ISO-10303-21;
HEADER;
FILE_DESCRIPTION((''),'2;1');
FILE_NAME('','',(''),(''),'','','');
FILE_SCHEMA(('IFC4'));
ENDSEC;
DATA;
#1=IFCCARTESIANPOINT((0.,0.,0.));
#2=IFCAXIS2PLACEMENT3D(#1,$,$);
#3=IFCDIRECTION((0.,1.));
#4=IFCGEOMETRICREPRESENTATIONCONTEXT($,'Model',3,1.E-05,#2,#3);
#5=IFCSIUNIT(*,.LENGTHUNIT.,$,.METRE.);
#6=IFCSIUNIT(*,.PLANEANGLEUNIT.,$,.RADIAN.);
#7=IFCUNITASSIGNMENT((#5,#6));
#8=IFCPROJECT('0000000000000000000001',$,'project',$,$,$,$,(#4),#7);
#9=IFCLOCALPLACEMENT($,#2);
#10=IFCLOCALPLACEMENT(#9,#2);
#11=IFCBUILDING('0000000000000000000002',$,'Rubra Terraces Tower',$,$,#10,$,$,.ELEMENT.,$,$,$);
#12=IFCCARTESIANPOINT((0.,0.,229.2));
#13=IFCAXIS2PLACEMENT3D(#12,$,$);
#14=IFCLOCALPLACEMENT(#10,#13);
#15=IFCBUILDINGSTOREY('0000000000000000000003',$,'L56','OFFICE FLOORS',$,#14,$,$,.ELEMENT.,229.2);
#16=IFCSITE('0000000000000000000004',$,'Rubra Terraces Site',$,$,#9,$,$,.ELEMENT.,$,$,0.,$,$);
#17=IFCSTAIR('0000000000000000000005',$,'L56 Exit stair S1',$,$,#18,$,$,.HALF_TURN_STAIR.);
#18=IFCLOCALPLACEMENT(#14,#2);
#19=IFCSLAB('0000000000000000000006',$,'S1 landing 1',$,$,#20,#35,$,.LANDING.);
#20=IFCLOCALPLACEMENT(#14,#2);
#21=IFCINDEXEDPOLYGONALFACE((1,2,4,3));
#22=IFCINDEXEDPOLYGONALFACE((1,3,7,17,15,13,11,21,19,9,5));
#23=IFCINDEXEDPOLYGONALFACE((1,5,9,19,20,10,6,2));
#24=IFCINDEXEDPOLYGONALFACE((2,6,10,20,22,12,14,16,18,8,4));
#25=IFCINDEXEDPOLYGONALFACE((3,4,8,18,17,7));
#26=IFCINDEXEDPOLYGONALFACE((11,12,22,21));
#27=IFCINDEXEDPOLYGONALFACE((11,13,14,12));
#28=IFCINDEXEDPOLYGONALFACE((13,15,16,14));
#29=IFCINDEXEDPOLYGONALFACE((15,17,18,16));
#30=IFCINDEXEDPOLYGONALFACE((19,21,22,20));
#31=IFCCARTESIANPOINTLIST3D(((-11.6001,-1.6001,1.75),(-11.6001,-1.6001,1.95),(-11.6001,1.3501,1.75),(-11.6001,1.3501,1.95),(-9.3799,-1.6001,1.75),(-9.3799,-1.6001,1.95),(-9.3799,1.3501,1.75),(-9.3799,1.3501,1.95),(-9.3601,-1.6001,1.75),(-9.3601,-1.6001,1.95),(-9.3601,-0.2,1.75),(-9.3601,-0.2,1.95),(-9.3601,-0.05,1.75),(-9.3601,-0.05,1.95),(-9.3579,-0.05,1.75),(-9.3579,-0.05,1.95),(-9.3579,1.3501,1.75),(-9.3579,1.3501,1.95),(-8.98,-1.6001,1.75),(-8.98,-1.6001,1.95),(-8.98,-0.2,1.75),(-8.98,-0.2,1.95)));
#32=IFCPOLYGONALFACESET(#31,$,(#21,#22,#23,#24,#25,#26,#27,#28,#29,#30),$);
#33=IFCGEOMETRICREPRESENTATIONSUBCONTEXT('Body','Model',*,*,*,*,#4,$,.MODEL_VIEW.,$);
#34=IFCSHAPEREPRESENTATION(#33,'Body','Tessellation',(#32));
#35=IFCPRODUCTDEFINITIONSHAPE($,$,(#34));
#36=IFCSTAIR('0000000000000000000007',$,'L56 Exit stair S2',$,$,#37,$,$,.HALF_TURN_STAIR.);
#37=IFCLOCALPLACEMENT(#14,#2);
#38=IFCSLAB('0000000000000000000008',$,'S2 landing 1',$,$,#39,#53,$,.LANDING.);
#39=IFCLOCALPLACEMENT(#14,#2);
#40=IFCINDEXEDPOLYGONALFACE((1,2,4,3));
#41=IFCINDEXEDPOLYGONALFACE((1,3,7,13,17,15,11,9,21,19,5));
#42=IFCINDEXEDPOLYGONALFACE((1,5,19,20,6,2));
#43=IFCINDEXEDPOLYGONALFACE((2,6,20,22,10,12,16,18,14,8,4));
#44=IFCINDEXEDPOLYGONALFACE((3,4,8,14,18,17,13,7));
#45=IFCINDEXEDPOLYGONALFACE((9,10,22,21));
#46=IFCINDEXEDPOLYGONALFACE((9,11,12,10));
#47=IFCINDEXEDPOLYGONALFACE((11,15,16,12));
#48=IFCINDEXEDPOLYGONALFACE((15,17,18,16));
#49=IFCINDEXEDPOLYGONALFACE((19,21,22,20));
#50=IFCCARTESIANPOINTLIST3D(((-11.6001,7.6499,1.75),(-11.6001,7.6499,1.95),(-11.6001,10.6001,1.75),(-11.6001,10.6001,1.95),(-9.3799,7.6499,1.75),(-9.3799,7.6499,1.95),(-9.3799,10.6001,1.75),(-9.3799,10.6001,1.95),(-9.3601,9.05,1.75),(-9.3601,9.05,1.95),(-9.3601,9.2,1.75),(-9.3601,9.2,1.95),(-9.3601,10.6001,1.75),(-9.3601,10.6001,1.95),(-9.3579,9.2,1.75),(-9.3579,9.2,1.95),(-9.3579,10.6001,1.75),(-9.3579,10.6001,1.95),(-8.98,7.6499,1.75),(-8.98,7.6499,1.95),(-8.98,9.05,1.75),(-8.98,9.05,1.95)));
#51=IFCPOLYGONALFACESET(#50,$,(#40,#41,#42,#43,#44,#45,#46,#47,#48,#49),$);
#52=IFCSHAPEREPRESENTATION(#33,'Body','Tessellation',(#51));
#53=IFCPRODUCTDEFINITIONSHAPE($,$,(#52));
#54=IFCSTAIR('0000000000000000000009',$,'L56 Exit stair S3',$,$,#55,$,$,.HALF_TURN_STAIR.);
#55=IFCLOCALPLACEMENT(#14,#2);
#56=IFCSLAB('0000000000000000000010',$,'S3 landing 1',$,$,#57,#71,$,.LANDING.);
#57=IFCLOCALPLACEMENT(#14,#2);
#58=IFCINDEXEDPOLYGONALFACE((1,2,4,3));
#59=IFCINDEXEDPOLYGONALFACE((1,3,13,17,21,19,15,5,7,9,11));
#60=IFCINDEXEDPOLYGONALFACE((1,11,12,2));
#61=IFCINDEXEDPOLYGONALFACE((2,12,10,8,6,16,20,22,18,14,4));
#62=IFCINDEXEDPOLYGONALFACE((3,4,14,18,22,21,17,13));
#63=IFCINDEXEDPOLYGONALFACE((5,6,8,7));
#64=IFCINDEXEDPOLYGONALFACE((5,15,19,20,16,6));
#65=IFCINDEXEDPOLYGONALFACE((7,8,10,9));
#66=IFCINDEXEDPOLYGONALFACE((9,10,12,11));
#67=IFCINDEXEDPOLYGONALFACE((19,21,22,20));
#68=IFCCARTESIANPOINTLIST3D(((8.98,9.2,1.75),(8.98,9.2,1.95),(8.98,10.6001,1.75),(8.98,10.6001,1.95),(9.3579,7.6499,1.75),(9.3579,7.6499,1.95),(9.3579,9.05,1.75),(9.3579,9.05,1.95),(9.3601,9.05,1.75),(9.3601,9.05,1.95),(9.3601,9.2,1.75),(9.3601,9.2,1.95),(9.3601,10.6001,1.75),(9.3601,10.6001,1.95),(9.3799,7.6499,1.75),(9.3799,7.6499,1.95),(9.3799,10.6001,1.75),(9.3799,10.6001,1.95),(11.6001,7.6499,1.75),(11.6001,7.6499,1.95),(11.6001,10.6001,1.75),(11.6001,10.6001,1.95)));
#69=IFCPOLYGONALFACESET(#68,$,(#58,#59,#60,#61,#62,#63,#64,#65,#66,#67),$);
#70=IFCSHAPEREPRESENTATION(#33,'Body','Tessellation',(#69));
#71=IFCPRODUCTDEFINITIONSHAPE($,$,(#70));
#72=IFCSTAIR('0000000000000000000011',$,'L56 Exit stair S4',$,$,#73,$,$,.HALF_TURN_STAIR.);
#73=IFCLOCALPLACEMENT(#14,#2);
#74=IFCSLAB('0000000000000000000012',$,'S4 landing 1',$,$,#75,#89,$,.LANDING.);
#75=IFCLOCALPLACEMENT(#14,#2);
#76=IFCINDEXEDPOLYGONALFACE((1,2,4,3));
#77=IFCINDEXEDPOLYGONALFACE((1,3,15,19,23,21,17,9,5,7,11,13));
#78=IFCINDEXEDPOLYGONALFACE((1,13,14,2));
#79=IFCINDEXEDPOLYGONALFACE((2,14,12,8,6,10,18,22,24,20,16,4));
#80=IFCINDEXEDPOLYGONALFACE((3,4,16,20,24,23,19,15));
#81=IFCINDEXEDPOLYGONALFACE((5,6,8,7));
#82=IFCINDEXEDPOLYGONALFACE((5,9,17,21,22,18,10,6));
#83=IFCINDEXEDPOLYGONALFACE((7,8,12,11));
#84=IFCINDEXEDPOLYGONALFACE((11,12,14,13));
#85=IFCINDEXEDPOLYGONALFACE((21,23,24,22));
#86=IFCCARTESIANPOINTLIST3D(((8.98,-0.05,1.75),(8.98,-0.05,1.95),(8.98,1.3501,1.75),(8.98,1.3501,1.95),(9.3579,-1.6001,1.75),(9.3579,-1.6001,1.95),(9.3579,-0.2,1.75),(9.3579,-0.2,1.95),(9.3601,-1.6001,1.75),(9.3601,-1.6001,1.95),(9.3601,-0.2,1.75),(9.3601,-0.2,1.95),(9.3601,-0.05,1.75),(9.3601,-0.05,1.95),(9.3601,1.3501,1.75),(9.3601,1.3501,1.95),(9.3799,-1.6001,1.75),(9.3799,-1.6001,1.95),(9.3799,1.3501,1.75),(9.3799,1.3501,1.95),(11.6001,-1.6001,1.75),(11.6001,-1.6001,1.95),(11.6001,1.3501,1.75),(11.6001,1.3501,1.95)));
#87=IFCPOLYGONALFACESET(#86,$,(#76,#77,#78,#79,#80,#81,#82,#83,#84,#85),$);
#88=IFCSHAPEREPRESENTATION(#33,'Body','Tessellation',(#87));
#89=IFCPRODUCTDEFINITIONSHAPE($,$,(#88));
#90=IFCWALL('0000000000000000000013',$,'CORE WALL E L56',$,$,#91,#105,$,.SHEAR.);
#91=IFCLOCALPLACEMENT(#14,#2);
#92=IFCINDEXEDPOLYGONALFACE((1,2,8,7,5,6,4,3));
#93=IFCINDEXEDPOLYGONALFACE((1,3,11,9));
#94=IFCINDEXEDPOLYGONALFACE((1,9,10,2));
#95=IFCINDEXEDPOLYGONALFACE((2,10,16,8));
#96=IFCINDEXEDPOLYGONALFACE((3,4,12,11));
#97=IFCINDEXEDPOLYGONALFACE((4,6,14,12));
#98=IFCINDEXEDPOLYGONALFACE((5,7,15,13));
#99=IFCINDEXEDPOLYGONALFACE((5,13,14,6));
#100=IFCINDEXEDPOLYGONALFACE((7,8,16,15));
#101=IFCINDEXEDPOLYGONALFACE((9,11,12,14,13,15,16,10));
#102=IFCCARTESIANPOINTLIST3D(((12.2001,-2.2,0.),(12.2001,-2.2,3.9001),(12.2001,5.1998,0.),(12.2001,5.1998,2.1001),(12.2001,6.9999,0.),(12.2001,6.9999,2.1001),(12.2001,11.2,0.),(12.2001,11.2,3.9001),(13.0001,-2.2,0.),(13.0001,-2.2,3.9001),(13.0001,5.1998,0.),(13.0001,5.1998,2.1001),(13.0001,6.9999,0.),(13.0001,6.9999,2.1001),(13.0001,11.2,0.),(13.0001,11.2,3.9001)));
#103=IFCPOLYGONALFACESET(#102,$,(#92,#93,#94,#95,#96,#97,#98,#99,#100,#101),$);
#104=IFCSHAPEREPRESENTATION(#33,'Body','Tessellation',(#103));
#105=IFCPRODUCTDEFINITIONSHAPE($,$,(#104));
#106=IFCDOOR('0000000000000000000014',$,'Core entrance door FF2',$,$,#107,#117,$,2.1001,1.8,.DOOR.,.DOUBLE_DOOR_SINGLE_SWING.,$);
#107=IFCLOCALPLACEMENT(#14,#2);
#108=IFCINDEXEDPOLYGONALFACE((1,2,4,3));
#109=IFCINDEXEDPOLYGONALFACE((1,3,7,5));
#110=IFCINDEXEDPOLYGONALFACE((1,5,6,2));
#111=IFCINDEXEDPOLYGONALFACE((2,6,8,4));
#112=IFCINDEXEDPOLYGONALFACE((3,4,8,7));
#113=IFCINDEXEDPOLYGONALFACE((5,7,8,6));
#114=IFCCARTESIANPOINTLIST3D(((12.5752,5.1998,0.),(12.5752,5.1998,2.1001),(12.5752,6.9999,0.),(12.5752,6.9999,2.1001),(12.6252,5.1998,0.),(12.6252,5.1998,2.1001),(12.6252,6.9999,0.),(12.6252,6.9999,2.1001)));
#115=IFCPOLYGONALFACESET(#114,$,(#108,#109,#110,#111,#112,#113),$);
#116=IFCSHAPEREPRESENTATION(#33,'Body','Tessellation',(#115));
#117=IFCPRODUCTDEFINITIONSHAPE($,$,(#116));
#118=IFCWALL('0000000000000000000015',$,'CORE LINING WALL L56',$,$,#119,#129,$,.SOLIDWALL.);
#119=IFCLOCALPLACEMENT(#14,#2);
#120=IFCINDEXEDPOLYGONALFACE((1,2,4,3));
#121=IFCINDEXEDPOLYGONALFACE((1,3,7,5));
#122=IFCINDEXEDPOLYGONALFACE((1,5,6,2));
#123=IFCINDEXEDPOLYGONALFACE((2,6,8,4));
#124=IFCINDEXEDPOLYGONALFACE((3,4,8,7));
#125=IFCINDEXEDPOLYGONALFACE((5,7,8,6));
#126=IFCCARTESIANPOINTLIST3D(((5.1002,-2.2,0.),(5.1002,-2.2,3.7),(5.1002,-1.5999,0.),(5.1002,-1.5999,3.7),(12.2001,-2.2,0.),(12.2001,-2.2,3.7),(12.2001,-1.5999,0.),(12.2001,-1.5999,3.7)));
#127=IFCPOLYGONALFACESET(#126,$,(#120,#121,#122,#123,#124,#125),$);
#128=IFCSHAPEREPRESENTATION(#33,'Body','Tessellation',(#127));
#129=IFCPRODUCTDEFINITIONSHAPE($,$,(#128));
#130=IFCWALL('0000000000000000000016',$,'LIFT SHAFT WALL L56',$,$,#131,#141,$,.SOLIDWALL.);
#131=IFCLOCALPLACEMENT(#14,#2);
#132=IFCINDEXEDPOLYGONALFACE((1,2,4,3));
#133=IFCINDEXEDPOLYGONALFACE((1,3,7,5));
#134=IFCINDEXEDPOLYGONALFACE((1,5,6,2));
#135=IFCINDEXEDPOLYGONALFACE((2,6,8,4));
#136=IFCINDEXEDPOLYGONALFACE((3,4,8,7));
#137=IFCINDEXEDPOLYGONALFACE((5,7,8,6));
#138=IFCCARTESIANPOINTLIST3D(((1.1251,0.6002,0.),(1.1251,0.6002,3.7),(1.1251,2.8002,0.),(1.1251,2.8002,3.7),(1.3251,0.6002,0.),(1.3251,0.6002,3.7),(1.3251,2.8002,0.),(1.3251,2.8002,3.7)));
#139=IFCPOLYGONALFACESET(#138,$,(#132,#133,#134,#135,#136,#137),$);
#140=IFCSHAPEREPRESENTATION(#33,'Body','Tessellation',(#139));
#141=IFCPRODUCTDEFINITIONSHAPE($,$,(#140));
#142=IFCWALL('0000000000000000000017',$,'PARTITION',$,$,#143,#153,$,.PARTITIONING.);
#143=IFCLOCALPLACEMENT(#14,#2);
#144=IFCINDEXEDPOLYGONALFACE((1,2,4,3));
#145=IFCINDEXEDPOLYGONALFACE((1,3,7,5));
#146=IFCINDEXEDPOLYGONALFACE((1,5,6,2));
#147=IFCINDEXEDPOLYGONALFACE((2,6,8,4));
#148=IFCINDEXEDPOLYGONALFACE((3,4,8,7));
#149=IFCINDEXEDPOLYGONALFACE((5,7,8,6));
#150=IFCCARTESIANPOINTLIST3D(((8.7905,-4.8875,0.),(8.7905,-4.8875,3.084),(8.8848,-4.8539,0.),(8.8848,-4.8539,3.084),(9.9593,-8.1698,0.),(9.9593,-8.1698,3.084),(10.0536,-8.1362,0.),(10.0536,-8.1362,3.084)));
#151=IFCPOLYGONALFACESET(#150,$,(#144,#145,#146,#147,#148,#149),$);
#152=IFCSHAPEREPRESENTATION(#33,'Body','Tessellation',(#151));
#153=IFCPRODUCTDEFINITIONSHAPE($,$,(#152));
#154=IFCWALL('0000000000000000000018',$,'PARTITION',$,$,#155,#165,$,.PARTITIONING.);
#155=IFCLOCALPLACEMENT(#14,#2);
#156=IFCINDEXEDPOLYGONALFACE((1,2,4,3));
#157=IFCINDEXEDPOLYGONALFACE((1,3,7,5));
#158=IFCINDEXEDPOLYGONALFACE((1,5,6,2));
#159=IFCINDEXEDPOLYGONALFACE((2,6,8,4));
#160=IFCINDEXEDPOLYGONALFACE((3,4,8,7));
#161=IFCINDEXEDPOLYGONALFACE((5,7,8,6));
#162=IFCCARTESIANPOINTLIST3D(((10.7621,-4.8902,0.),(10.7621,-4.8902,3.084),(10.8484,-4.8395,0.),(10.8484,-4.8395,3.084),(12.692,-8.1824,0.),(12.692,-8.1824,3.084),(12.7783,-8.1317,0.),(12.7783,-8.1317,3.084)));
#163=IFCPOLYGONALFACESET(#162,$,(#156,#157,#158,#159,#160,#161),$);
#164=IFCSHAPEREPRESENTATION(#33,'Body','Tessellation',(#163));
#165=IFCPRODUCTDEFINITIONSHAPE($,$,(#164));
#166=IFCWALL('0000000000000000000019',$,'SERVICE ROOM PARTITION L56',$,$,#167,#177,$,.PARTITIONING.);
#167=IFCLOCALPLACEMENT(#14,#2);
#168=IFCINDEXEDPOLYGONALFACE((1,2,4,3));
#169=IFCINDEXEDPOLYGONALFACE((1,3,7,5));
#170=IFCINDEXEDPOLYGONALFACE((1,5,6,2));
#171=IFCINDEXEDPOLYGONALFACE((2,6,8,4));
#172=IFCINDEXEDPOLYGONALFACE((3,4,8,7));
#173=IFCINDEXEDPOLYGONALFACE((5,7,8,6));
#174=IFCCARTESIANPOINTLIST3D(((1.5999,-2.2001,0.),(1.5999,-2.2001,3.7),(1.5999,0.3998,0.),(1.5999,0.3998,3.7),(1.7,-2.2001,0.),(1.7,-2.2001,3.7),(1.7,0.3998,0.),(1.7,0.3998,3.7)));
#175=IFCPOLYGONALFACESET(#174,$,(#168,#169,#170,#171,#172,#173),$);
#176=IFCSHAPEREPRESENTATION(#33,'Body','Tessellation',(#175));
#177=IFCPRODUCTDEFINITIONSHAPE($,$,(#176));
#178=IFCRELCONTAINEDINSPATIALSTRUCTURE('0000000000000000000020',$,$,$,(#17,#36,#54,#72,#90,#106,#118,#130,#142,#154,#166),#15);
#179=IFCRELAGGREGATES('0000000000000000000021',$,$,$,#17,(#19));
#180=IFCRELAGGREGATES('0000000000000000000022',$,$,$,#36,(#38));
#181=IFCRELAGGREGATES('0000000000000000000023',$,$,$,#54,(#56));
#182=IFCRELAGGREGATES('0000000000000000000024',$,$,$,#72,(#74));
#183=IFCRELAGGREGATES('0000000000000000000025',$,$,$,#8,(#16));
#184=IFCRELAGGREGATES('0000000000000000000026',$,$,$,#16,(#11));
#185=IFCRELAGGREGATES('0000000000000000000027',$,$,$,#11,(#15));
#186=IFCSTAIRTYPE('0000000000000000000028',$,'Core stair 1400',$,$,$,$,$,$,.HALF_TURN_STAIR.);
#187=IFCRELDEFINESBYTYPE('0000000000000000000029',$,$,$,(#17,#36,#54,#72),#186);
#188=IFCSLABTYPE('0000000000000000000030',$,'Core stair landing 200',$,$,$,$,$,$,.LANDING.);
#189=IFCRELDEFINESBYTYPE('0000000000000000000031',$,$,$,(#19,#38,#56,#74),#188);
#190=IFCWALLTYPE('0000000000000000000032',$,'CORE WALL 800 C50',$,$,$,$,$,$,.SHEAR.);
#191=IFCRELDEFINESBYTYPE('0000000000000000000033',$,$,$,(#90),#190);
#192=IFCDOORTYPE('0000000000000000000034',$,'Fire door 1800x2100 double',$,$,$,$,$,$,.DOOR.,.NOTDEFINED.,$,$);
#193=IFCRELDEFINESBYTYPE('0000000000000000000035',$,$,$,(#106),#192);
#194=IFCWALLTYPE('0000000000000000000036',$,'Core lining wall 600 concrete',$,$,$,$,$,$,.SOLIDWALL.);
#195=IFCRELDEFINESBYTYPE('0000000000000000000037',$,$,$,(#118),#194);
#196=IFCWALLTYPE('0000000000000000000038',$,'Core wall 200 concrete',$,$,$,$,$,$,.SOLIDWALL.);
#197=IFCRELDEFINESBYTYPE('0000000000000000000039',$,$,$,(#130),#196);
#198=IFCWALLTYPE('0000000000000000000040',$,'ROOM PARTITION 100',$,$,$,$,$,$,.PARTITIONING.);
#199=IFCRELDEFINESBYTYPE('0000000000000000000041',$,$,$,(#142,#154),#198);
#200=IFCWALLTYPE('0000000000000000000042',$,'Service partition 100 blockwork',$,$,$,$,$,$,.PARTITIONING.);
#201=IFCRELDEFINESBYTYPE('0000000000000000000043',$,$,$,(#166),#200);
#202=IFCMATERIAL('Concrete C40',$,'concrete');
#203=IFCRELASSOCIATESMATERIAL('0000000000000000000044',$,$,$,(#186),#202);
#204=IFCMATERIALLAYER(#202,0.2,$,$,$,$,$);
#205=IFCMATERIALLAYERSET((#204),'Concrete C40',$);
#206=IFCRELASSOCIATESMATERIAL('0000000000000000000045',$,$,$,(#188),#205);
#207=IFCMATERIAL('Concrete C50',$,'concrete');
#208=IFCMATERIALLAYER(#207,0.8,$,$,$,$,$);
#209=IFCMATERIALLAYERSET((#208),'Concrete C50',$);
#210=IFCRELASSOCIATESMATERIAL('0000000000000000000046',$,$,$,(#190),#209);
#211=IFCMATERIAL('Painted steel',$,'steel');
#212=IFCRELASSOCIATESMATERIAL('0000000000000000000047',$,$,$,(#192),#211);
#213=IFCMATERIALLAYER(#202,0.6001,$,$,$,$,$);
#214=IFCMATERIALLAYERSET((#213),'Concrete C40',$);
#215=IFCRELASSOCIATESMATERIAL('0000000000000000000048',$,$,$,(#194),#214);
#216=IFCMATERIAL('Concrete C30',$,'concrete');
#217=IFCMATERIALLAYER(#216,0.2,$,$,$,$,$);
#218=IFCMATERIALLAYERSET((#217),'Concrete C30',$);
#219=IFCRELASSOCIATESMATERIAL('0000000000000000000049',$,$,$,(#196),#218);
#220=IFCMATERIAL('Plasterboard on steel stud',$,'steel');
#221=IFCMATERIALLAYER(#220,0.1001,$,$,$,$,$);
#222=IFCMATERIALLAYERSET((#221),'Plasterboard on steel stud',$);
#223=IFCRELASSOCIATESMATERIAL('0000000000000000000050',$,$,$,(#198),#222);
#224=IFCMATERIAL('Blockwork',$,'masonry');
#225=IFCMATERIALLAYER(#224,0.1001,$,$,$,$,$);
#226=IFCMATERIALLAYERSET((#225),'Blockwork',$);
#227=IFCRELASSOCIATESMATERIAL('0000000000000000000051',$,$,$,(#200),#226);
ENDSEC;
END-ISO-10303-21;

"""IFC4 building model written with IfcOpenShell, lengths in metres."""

from ifc_helpers import new_model, si_unit, direction, frame, frame_2d, origin, place, context, subcontext, project, spatial, polyline, rectangle, outline, extrude, material, layer, layer_set, type_object, element, fill, aggregate, save


model = new_model("IFC4")

# Units and contexts
model_context = context("Model", 3, precision=1e-05, world=origin(), true_north=direction((0.0, 1.0)))
body_context = subcontext(model_context, "Body", "Model", "MODEL_VIEW")
ifc_project = project(units=[si_unit("LENGTHUNIT", "METRE"), si_unit("PLANEANGLEUNIT", "RADIAN")], contexts=[model_context])

# Site, building, storey
site_placement = place(None, origin())
site = spatial("IfcSite", under=ifc_project, at=site_placement, Name="Rubra Terraces Site", CompositionType="ELEMENT", RefElevation=0.0)
building_placement = place(site_placement, origin())
building = spatial("IfcBuilding", under=site, at=building_placement, Name="Rubra Terraces Tower", CompositionType="ELEMENT")
storey_placement = place(building_placement, frame((0.0, 0.0, 229.2)))
storey = spatial("IfcBuildingStorey", under=building, at=storey_placement, Name="L56", Description="OFFICE FLOORS", CompositionType="ELEMENT", Elevation=229.2)

# Stairs, slabs
ifc_material_1 = material(Name="Concrete C40", Category="concrete")
stair_type = type_object("IfcStairType", Name="Core stair 1400", PredefinedType="HALF_TURN_STAIR", material=ifc_material_1)
stair_1_placement = place(storey_placement, origin())
stair_1 = element("IfcStair", 1, at=stair_1_placement, inside=storey, type_object=stair_type, Name="L56 Exit stair S1", PredefinedType="HALF_TURN_STAIR")
ifc_layer_1 = layer(ifc_material_1, 0.2)
ifc_layer_set_1 = layer_set([ifc_layer_1], Name="Concrete C40")
slab_type = type_object("IfcSlabType", Name="Core stair landing 200", PredefinedType="LANDING", material=ifc_layer_set_1)
slab_1_placement = place(storey_placement, frame((0.0, 0.0, 1.75)))
slab_1 = element("IfcSlab", 2, at=slab_1_placement, type_object=slab_type, Name="S1 landing 1", PredefinedType="LANDING", context=body_context, shape_type="SweptSolid", body=[
    extrude(outline(polyline([(-8.98, -0.2), (-8.98, -1.6001), (-9.3601, -1.6001), (-9.3799, -1.6001), (-11.6001, -1.6001), (-11.6001, 1.3501), (-9.3799, 1.3501), (-9.3579, 1.3501), (-9.3579, -0.05), (-9.3601, -0.05), (-9.3601, -0.2), (-8.98, -0.2)])), origin(), (0.0, 0.0, 1.0), 0.2),
])
aggregate(stair_1, [slab_1])
stair_2_placement = place(storey_placement, origin())
stair_2 = element("IfcStair", 3, at=stair_2_placement, inside=storey, type_object=stair_type, Name="L56 Exit stair S2", PredefinedType="HALF_TURN_STAIR")
slab_2_placement = place(storey_placement, frame((0.0, 0.0, 1.75)))
slab_2 = element("IfcSlab", 4, at=slab_2_placement, type_object=slab_type, Name="S2 landing 1", PredefinedType="LANDING", context=body_context, shape_type="SweptSolid", body=[
    extrude(outline(polyline([(-8.98, 9.05), (-8.98, 7.6499), (-9.3799, 7.6499), (-11.6001, 7.6499), (-11.6001, 10.6001), (-9.3799, 10.6001), (-9.3601, 10.6001), (-9.3579, 10.6001), (-9.3579, 9.2), (-9.3601, 9.2), (-9.3601, 9.05), (-8.98, 9.05)])), origin(), (0.0, 0.0, 1.0), 0.2),
])
aggregate(stair_2, [slab_2])
stair_3_placement = place(storey_placement, origin())
stair_3 = element("IfcStair", 5, at=stair_3_placement, inside=storey, type_object=stair_type, Name="L56 Exit stair S3", PredefinedType="HALF_TURN_STAIR")
slab_3_placement = place(storey_placement, frame((0.0, 0.0, 1.75)))
slab_3 = element("IfcSlab", 6, at=slab_3_placement, type_object=slab_type, Name="S3 landing 1", PredefinedType="LANDING", context=body_context, shape_type="SweptSolid", body=[
    extrude(outline(polyline([(9.3601, 9.05), (9.3601, 9.2), (8.98, 9.2), (8.98, 10.6001), (9.3601, 10.6001), (9.3799, 10.6001), (11.6001, 10.6001), (11.6001, 7.6499), (9.3799, 7.6499), (9.3579, 7.6499), (9.3579, 9.05), (9.3601, 9.05)])), origin(), (0.0, 0.0, 1.0), 0.2),
])
aggregate(stair_3, [slab_3])
stair_4_placement = place(storey_placement, origin())
stair_4 = element("IfcStair", 7, at=stair_4_placement, inside=storey, type_object=stair_type, Name="L56 Exit stair S4", PredefinedType="HALF_TURN_STAIR")
slab_4_placement = place(storey_placement, frame((0.0, 0.0, 1.75)))
slab_4 = element("IfcSlab", 8, at=slab_4_placement, type_object=slab_type, Name="S4 landing 1", PredefinedType="LANDING", context=body_context, shape_type="SweptSolid", body=[
    extrude(outline(polyline([(9.3601, -0.2), (9.3601, -0.05), (8.98, -0.05), (8.98, 1.3501), (9.3601, 1.3501), (9.3799, 1.3501), (11.6001, 1.3501), (11.6001, -1.6001), (9.3799, -1.6001), (9.3601, -1.6001), (9.3579, -1.6001), (9.3579, -0.2), (9.3601, -0.2)])), origin(), (0.0, 0.0, 1.0), 0.2),
])

# Wall, opening, door
ifc_material_2 = material(Name="Concrete C50", Category="concrete")
ifc_layer_2 = layer(ifc_material_2, 0.8)
ifc_layer_set_2 = layer_set([ifc_layer_2], Name="Concrete C50")
wall_type_1 = type_object("IfcWallType", Name="CORE WALL 800 C50", PredefinedType="SHEAR", material=ifc_layer_set_2)
wall_1_placement = place(storey_placement, frame((12.6001, -2.2, 0.0), z_axis=(0.0, 0.0, 1.0), x_axis=(0.0, 1.0, 0.0)))
wall_1 = element("IfcWall", 9, at=wall_1_placement, inside=storey, type_object=wall_type_1, Name="CORE WALL E L56", PredefinedType="SHEAR", context=body_context, shape_type="SweptSolid", body=[
    extrude(rectangle(XDim=13.3999, YDim=0.8, at=frame_2d((6.7, 0.0))), origin(), (0.0, 0.0, 1.0), 3.9001),
])
opening_1_placement = place(wall_1_placement, frame((7.3999, 0.0, 0.0)))
opening_1 = element("IfcOpeningElement", 10, at=opening_1_placement, cuts=wall_1, PredefinedType="OPENING", context=body_context, shape_type="SweptSolid", body=[
    extrude(rectangle(XDim=1.8, YDim=2.1001, at=frame_2d((0.8999, 1.05))), frame((0.0, 0.4099, 0.0), z_axis=(0.0, -1.0, 0.0), x_axis=(1.0, 0.0, 0.0)), (0.0, 0.0, 1.0), 0.8201),
])
ifc_material_3 = material(Name="Painted steel", Category="steel")
door_type_1 = type_object("IfcDoorType", Name="Fire door 1800x2100 double", OperationType="NOTDEFINED", PredefinedType="DOOR", material=ifc_material_3)
door_1_placement = place(opening_1_placement, origin())
door_1 = element("IfcDoor", 11, at=door_1_placement, inside=storey, type_object=door_type_1, Name="Core entrance door FF2", OperationType="DOUBLE_DOOR_SINGLE_SWING", OverallHeight=2.1001, OverallWidth=1.8, PredefinedType="DOOR", context=body_context, shape_type="SweptSolid", body=[
    extrude(rectangle(XDim=1.8, YDim=2.1001, at=frame_2d((0.8999, 1.05))), frame((0.0, 0.0249, 0.0), z_axis=(0.0, -1.0, 0.0), x_axis=(1.0, 0.0, 0.0)), (0.0, 0.0, 1.0), 0.05),
])
fill(opening_1, door_1)

# Walls
ifc_layer_3 = layer(ifc_material_1, 0.6001)
ifc_layer_set_3 = layer_set([ifc_layer_3], Name="Concrete C40")
wall_type_2 = type_object("IfcWallType", Name="Core lining wall 600 concrete", PredefinedType="SOLIDWALL", material=ifc_layer_set_3)
wall_2_placement = place(storey_placement, frame((12.2, -1.8999, 0.0), z_axis=(0.0, 0.0, 1.0), x_axis=(-1.0, 0.0, 0.0)))
element("IfcWall", 12, at=wall_2_placement, inside=storey, type_object=wall_type_2, Name="CORE LINING WALL L56", PredefinedType="SOLIDWALL", context=body_context, shape_type="SweptSolid", body=[
    extrude(rectangle(XDim=7.0999, YDim=0.6001, at=frame_2d((3.5498, 0.0))), origin(), (0.0, 0.0, 1.0), 3.7),
])
ifc_material_4 = material(Name="Concrete C30", Category="concrete")
ifc_layer_4 = layer(ifc_material_4, 0.2)
ifc_layer_set_4 = layer_set([ifc_layer_4], Name="Concrete C30")
wall_type_3 = type_object("IfcWallType", Name="Core wall 200 concrete", PredefinedType="SOLIDWALL", material=ifc_layer_set_4)
wall_3_placement = place(storey_placement, frame((1.2251, 0.6001, 0.0), z_axis=(0.0, 0.0, 1.0), x_axis=(0.0, 1.0, 0.0)))
element("IfcWall", 13, at=wall_3_placement, inside=storey, type_object=wall_type_3, Name="LIFT SHAFT WALL L56", PredefinedType="SOLIDWALL", context=body_context, shape_type="SweptSolid", body=[
    extrude(rectangle(XDim=2.2, YDim=0.2, at=frame_2d((1.1001, 0.0))), origin(), (0.0, 0.0, 1.0), 3.7),
])
ifc_material_5 = material(Name="Plasterboard on steel stud", Category="steel")
ifc_layer_5 = layer(ifc_material_5, 0.1001)
ifc_layer_set_5 = layer_set([ifc_layer_5], Name="Plasterboard on steel stud")
wall_type_4 = type_object("IfcWallType", Name="ROOM PARTITION 100", PredefinedType="PARTITIONING", material=ifc_layer_set_5)
wall_4_placement = place(storey_placement, frame((8.8376, -4.8706, 0.0), z_axis=(0.0, 0.0, 1.0), x_axis=(0.33544, -0.942062, 0.0)))
element("IfcWall", 14, at=wall_4_placement, inside=storey, type_object=wall_type_4, Name="PARTITION", PredefinedType="PARTITIONING", context=body_context, shape_type="SweptSolid", body=[
    extrude(rectangle(XDim=3.4841, YDim=0.1001, at=frame_2d((1.7422, 0.0))), origin(), (0.0, 0.0, 1.0), 3.084),
])
wall_5_placement = place(storey_placement, frame((10.8052, -4.8647, 0.0), z_axis=(0.0, 0.0, 1.0), x_axis=(0.505719, -0.862698, 0.0)))
element("IfcWall", 15, at=wall_5_placement, inside=storey, type_object=wall_type_4, Name="PARTITION", PredefinedType="PARTITIONING", context=body_context, shape_type="SweptSolid", body=[
    extrude(rectangle(XDim=3.8162, YDim=0.1001, at=frame_2d((1.9082, 0.0))), origin(), (0.0, 0.0, 1.0), 3.084),
])
ifc_material_6 = material(Name="Blockwork", Category="masonry")
ifc_layer_6 = layer(ifc_material_6, 0.1001)
ifc_layer_set_6 = layer_set([ifc_layer_6], Name="Blockwork")
wall_type_5 = type_object("IfcWallType", Name="Service partition 100 blockwork", PredefinedType="PARTITIONING", material=ifc_layer_set_6)
for number, where, z_axis, x_axis, name in (
    (16, (1.6499, -2.2, 0.0), (0.0, 0.0, 1.0), (0.0, 1.0, 0.0), "SERVICE ROOM PARTITION L56"),
):
    element("IfcWall", number, at=place(storey_placement, frame(where, z_axis=z_axis, x_axis=x_axis)), inside=storey, type_object=wall_type_5, Name=name, PredefinedType="PARTITIONING", context=body_context, shape_type="SweptSolid", body=[
        extrude(rectangle(XDim=2.5999, YDim=0.1001, at=frame_2d((1.2998, 0.0))), origin(), (0.0, 0.0, 1.0), 3.7),
    ])

aggregate(stair_4, [slab_4])

save(model, "model.ifc")
